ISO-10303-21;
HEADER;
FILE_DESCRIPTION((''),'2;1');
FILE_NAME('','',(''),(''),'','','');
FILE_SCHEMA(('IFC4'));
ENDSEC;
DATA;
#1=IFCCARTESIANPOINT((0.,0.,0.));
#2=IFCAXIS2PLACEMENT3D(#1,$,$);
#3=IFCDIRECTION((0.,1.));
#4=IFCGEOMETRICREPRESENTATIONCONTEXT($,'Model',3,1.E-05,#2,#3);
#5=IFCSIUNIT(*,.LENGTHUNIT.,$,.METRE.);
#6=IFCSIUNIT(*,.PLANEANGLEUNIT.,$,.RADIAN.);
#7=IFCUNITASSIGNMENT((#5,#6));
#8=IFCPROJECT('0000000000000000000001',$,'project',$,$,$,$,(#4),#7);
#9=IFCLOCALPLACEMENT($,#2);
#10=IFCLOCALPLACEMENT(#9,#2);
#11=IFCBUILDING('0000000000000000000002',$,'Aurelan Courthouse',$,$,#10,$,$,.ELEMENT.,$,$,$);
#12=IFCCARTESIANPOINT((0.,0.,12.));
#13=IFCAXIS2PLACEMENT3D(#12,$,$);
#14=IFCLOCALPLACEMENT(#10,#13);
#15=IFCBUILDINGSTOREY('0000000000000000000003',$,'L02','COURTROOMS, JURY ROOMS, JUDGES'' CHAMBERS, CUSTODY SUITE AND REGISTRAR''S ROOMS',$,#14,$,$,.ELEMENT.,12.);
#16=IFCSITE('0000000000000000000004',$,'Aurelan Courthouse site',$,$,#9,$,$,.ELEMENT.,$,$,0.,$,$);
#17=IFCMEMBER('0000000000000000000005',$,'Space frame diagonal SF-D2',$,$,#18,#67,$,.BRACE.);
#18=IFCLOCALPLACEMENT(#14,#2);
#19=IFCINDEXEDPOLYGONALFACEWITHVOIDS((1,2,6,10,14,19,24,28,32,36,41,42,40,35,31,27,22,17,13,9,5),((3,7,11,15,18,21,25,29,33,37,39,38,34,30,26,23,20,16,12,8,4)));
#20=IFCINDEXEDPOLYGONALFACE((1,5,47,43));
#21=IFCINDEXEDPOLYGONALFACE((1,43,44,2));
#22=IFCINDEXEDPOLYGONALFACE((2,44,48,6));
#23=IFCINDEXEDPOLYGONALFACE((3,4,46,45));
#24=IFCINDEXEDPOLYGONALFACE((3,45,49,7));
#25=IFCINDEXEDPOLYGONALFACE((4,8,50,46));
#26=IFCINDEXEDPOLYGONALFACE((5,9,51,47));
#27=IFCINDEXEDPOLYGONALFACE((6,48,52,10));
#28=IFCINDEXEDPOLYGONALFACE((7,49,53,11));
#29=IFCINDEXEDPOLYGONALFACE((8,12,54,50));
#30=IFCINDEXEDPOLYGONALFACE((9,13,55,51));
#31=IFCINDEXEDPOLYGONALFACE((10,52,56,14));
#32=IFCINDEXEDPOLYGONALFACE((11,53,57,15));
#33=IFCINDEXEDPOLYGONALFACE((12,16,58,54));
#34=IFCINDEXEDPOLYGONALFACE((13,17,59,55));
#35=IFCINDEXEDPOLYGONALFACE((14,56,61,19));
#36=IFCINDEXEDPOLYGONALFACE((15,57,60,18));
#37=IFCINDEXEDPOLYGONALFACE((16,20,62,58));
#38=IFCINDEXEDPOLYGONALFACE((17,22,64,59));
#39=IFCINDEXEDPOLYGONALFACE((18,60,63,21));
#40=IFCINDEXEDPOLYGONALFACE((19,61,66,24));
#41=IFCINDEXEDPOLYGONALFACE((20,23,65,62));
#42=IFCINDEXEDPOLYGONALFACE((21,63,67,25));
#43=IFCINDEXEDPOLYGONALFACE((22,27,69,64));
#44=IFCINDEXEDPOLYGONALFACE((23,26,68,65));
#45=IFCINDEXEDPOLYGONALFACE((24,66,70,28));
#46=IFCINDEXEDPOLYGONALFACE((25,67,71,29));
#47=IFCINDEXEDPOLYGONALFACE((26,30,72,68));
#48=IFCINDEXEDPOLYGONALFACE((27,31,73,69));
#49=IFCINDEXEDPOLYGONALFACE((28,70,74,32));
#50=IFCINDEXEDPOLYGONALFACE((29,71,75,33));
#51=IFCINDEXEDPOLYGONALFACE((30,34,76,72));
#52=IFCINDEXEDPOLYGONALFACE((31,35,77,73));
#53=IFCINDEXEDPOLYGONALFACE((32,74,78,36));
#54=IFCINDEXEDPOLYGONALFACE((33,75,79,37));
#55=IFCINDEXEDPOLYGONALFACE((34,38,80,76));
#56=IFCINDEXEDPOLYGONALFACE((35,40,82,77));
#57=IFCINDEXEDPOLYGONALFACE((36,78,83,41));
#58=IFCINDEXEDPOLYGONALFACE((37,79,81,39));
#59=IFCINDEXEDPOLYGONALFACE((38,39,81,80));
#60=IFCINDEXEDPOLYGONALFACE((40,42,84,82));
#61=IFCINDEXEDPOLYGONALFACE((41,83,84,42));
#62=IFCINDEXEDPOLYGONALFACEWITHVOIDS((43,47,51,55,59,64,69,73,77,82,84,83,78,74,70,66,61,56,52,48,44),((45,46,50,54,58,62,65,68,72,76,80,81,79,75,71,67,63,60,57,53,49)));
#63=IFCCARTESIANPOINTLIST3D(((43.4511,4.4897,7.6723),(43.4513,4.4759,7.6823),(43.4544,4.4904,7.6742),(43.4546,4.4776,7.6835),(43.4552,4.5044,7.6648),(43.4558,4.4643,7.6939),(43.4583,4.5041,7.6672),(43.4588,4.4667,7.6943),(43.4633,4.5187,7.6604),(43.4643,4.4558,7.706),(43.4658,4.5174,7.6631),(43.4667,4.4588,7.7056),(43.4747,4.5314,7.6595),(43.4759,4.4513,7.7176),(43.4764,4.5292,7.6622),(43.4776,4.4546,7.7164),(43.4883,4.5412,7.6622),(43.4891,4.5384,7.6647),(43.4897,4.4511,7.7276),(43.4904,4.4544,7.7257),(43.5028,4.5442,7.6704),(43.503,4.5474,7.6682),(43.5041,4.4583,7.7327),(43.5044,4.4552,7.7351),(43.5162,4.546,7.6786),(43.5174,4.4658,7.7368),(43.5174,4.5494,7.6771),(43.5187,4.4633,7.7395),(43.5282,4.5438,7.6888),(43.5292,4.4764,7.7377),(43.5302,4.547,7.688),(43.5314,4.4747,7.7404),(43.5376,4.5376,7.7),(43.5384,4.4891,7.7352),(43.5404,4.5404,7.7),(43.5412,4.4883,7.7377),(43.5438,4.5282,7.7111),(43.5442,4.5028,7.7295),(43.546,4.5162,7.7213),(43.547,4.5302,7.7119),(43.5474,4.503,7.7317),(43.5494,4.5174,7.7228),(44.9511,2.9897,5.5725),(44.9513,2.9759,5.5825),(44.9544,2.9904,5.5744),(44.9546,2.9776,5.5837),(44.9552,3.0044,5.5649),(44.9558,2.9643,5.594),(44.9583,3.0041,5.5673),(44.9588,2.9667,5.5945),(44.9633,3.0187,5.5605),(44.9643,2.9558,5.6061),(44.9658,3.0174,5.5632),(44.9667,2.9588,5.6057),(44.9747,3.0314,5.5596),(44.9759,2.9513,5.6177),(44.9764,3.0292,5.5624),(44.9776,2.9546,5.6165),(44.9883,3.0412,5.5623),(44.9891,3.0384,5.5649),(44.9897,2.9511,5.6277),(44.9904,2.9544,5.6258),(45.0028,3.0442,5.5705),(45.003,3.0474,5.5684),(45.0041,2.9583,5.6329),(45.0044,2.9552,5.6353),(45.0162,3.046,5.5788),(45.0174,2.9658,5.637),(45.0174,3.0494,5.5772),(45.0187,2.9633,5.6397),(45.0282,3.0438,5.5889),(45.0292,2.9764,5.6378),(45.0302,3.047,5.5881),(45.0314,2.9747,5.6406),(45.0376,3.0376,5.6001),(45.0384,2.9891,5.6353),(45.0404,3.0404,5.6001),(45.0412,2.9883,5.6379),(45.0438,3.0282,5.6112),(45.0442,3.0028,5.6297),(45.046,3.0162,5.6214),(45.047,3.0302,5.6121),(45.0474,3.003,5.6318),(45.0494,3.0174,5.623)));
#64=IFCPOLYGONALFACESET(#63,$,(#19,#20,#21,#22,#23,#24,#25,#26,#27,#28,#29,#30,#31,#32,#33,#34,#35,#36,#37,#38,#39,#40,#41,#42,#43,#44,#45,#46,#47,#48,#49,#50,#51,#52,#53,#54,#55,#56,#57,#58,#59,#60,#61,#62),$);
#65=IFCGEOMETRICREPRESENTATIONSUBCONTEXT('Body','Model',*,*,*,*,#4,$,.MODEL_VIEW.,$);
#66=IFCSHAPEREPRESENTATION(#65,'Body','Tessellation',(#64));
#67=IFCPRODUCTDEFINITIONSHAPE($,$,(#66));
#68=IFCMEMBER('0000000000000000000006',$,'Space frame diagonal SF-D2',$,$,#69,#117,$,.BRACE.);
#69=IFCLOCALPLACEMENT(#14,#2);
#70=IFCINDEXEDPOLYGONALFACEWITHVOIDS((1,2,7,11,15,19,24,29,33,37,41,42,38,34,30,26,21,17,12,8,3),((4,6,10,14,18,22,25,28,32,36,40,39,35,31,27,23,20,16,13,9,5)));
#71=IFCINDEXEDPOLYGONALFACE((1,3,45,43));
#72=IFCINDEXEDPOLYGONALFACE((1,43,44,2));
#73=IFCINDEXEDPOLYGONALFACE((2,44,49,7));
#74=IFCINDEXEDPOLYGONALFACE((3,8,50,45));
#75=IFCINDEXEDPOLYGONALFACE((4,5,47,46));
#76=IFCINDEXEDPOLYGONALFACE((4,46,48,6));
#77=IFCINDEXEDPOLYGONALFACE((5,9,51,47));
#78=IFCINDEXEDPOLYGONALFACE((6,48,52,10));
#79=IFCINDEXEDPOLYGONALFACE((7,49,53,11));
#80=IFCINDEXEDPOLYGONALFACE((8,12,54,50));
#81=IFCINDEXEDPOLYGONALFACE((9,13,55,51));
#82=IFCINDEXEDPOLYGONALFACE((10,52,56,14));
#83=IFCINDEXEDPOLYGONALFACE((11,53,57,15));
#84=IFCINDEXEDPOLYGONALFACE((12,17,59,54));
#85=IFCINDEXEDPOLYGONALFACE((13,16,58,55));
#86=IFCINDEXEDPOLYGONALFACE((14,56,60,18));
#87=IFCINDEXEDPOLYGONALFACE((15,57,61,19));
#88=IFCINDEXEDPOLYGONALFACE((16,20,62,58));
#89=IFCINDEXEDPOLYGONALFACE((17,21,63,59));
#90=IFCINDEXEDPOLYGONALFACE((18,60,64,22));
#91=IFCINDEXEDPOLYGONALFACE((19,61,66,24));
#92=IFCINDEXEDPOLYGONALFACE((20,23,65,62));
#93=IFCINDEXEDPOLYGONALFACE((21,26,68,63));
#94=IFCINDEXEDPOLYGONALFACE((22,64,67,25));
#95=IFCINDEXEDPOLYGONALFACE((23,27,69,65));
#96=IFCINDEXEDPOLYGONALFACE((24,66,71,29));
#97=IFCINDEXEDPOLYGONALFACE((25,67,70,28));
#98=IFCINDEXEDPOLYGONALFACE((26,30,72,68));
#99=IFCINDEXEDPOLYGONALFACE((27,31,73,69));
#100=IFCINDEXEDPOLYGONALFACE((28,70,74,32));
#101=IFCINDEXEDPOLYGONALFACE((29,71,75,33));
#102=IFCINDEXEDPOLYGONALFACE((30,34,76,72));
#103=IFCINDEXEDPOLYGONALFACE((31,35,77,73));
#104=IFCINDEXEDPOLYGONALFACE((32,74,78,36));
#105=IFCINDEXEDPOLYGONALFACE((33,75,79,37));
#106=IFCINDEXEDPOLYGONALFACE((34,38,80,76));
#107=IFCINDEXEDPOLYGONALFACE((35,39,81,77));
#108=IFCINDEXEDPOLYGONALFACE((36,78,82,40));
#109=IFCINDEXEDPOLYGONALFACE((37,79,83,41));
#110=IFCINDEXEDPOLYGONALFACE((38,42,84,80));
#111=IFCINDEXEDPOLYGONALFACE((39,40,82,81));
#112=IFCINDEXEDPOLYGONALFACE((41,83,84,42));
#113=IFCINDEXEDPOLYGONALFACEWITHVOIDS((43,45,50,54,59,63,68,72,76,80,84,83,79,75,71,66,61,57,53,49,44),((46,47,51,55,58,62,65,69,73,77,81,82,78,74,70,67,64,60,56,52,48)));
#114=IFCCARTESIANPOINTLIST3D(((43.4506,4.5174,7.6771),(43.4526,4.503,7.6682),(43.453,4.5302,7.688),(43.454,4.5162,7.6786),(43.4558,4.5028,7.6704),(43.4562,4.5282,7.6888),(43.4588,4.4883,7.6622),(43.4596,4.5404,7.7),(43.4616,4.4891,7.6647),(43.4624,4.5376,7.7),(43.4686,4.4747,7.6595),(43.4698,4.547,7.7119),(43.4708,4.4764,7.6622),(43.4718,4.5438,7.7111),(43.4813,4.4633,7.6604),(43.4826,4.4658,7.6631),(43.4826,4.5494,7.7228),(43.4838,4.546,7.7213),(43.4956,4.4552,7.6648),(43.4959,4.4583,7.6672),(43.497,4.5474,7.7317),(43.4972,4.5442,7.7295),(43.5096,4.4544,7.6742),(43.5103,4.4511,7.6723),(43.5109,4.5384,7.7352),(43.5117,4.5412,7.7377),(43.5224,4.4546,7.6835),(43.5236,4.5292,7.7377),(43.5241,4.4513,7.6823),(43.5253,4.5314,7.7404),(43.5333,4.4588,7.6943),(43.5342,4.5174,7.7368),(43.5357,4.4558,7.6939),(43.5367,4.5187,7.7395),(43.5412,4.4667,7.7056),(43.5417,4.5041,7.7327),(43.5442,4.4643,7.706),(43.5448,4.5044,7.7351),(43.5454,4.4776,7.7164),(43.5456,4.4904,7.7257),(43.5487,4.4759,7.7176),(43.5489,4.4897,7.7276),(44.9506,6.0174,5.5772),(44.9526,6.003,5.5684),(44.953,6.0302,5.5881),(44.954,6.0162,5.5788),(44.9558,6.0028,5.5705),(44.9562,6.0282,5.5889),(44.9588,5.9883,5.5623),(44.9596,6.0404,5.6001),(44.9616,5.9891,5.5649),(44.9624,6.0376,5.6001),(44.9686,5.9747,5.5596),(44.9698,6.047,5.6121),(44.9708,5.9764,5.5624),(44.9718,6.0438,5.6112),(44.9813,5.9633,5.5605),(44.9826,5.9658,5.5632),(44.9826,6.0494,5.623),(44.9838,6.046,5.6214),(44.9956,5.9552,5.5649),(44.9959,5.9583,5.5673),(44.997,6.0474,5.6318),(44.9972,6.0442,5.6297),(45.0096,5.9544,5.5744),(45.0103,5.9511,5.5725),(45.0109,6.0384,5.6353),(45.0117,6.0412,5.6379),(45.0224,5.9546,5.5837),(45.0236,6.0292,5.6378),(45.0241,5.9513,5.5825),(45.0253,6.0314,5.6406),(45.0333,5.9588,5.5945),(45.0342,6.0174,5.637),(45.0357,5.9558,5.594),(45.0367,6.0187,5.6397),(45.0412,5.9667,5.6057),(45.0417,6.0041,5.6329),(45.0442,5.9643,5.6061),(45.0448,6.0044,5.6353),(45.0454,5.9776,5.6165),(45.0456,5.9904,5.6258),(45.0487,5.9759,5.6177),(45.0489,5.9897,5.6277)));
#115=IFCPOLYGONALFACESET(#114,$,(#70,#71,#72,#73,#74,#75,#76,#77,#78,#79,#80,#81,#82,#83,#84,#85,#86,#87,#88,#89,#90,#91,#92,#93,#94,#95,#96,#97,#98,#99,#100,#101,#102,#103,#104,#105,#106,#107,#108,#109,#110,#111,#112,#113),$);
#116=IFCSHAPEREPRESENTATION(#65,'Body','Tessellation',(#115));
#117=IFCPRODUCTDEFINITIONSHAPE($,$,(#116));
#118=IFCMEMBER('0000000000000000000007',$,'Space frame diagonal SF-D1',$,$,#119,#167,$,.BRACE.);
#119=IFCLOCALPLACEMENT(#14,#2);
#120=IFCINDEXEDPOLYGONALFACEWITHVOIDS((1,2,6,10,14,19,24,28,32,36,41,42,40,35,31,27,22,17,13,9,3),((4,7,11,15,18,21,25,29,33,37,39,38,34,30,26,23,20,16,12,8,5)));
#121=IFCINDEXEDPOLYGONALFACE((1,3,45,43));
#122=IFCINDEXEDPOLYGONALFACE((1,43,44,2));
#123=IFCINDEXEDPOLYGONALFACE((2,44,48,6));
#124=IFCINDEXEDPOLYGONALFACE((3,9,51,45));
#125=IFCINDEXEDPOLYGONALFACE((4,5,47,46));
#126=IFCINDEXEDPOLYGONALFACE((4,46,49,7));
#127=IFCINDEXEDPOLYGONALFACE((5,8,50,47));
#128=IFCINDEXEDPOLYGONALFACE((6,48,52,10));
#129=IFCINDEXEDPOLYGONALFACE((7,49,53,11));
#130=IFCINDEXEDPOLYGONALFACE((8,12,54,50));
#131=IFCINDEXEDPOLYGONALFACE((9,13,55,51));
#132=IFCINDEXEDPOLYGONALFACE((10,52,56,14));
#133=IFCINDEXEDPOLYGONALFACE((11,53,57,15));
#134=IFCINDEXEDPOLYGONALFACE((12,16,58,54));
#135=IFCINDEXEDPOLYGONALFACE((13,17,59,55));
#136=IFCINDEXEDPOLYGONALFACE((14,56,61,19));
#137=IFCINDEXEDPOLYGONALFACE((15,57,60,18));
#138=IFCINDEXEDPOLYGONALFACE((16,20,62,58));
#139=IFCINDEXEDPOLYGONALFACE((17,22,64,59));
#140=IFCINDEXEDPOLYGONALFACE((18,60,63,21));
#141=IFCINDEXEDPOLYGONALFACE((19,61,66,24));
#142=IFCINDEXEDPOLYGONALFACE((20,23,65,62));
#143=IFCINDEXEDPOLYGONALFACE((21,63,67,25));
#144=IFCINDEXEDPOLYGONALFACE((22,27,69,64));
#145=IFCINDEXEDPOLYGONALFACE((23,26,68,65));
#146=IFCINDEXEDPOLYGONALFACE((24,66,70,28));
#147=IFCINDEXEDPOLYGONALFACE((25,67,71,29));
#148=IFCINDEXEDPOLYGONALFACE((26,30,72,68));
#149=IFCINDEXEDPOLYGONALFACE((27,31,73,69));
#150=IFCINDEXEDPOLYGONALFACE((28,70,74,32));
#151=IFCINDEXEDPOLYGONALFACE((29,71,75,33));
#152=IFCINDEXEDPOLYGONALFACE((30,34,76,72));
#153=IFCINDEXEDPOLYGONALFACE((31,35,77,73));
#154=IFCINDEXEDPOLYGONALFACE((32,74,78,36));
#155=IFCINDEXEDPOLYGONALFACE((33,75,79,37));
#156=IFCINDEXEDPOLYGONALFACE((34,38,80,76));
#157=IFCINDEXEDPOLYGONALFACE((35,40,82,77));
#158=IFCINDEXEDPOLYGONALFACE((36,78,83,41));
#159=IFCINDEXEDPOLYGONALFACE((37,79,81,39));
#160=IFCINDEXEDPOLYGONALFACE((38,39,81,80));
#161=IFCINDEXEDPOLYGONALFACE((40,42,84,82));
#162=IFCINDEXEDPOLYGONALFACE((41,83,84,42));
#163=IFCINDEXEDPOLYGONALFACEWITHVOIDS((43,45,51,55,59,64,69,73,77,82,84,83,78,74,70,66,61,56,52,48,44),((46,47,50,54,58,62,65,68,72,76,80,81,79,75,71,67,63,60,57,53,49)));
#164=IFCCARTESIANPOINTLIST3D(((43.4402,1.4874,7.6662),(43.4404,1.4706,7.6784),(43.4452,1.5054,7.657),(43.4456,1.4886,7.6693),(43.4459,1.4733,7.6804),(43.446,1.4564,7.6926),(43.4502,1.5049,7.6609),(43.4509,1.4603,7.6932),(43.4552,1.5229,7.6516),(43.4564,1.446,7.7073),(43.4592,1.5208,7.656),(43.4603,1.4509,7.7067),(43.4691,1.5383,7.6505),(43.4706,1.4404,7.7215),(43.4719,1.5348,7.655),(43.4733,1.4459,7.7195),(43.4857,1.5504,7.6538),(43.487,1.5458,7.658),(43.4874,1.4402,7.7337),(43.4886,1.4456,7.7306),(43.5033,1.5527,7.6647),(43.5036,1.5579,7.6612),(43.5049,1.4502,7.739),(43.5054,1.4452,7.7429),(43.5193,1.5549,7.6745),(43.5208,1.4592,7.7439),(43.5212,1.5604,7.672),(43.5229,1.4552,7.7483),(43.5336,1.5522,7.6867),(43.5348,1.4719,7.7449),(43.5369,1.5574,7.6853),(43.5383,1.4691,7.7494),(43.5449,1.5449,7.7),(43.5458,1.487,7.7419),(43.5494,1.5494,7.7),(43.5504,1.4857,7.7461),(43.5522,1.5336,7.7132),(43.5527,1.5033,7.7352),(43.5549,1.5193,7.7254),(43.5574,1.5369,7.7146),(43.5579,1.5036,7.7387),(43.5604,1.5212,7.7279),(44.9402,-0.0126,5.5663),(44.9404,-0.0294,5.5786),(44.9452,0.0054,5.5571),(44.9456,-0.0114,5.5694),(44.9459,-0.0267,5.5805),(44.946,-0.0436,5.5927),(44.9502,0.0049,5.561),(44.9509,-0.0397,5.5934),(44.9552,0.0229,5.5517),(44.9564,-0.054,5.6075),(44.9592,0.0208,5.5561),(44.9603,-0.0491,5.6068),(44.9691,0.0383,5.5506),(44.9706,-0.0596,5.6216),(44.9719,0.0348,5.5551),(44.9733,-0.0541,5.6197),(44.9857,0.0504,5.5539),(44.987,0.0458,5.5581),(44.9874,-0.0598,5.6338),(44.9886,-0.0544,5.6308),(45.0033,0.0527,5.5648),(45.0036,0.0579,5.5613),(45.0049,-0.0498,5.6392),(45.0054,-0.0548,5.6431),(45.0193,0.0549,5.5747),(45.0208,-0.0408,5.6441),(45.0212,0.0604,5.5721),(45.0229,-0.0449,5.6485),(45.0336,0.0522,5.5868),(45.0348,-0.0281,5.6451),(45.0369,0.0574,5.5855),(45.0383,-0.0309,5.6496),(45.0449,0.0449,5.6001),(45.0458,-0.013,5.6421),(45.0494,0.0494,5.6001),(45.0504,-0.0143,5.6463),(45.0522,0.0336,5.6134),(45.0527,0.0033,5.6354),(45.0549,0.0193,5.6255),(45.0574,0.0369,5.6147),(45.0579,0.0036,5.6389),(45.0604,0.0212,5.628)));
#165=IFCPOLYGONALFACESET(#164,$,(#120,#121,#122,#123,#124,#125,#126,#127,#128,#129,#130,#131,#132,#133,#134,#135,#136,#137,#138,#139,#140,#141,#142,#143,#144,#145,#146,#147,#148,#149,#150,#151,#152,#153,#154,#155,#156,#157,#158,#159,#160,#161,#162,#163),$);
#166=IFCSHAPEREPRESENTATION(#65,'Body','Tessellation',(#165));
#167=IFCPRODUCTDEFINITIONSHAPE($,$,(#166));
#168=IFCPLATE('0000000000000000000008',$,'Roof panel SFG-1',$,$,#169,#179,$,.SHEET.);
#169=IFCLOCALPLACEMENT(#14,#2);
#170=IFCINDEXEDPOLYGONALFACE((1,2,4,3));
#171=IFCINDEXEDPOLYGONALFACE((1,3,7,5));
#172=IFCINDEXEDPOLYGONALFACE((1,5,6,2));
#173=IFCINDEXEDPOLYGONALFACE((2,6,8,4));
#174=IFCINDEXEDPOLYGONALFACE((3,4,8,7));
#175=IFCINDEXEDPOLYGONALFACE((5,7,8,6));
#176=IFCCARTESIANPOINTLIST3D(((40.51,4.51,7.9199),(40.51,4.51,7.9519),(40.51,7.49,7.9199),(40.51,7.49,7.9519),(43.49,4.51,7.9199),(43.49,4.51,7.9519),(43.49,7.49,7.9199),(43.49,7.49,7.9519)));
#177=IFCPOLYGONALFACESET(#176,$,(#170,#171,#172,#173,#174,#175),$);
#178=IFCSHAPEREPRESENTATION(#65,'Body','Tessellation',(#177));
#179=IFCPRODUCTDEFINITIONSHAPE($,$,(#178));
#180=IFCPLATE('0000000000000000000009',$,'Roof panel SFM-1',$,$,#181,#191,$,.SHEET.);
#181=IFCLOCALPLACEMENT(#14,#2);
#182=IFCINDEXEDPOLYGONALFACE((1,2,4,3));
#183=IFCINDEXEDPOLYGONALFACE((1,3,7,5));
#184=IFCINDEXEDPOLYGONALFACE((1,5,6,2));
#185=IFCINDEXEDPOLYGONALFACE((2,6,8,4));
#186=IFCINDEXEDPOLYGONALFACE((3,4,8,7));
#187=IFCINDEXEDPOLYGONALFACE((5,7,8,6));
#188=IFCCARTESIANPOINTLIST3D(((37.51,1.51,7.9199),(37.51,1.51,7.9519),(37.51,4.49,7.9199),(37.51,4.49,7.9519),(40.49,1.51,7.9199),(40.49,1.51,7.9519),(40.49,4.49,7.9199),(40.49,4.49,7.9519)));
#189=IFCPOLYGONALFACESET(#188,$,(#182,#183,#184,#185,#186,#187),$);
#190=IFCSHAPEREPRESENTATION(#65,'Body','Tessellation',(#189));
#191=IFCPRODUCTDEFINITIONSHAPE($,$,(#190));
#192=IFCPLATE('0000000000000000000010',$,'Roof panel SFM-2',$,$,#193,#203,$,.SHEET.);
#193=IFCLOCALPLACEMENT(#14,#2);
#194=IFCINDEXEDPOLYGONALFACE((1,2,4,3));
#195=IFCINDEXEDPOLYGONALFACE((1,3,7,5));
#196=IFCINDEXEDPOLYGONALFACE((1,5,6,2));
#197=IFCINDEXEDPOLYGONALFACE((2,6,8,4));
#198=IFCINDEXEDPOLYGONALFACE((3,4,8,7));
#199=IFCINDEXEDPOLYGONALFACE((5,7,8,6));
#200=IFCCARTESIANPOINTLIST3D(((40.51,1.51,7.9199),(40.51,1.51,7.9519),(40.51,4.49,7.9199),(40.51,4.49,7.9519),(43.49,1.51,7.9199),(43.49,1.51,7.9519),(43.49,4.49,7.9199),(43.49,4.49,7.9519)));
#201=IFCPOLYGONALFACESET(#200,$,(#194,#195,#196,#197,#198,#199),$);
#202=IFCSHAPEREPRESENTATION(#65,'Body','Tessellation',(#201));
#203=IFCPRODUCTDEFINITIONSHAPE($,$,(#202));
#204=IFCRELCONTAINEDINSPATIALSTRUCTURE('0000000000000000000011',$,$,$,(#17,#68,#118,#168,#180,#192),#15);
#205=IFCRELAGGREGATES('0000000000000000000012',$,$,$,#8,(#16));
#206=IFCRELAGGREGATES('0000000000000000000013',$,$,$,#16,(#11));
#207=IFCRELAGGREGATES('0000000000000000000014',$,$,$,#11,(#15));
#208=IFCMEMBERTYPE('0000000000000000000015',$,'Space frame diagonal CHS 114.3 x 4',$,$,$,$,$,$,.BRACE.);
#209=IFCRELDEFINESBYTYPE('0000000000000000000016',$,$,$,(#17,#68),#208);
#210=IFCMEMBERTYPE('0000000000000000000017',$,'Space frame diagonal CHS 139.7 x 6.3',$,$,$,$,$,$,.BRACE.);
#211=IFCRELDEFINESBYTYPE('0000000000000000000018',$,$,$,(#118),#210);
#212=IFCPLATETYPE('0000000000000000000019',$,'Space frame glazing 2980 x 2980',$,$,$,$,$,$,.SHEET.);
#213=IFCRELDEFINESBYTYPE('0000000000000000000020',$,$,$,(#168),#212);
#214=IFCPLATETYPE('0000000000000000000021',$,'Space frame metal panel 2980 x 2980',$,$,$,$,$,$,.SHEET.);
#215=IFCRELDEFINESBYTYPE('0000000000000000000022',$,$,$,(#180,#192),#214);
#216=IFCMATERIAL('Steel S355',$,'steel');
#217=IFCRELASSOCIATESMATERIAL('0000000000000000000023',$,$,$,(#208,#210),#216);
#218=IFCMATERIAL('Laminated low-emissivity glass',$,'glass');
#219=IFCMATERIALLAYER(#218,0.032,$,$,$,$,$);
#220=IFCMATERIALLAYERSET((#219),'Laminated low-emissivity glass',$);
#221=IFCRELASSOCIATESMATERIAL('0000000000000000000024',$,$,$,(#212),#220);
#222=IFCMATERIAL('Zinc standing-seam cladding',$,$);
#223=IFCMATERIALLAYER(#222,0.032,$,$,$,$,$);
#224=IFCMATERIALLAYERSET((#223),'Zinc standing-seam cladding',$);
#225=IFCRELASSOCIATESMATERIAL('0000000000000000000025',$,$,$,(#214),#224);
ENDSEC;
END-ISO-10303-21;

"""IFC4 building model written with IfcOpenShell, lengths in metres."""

from ifc_helpers import new_model, si_unit, direction, frame, origin, origin_2d, place, context, subcontext, project, spatial, rectangle, hollow_circle, extrude, material, layer, layer_set, material_profile, profile_set, type_object, element, save


model = new_model("IFC4")

# Units and contexts
model_context = context("Model", 3, precision=1e-05, world=origin(), true_north=direction((0.0, 1.0)))
body_context = subcontext(model_context, "Body", "Model", "MODEL_VIEW")
ifc_project = project(units=[si_unit("LENGTHUNIT", "METRE"), si_unit("PLANEANGLEUNIT", "RADIAN")], contexts=[model_context])

# Site, building, storey
site_placement = place(None, origin())
site = spatial("IfcSite", under=ifc_project, at=site_placement, Name="Aurelan Courthouse site", CompositionType="ELEMENT", RefElevation=0.0)
building_placement = place(site_placement, origin())
building = spatial("IfcBuilding", under=site, at=building_placement, Name="Aurelan Courthouse", CompositionType="ELEMENT")
storey_placement = place(building_placement, frame((0.0, 0.0, 12.0)))
storey = spatial("IfcBuildingStorey", under=building, at=storey_placement, Name="L02", Description="COURTROOMS, JURY ROOMS, JUDGES' CHAMBERS, CUSTODY SUITE AND REGISTRAR'S ROOMS", CompositionType="ELEMENT", Elevation=12.0)

# Members
ifc_material_1 = material(Name="Steel S355", Category="steel")
ifc_material_profile_1 = material_profile(ifc_material_1, hollow_circle(Radius=0.0571, WallThickness=0.0039, at=origin_2d()), Name="CHS 114.3 x 4")
ifc_profile_set_1 = profile_set([ifc_material_profile_1], Name="Steel S355")
member_type_1 = type_object("IfcMemberType", Name="Space frame diagonal CHS 114.3 x 4", PredefinedType="BRACE", material=ifc_profile_set_1)
for number, where, z_axis, x_axis, name in (
    (1, (43.5, 4.5, 7.7), (0.502536, -0.502536, -0.703502), (0.707107, 0.707107, 0.0), "Space frame diagonal SF-D2"),
    (2, (43.5, 4.5, 7.7), (0.502536, 0.502536, -0.703502), (-0.707107, 0.707107, 0.0), "Space frame diagonal SF-D2"),
):
    element("IfcMember", number, at=place(storey_placement, frame(where, z_axis=z_axis, x_axis=x_axis)), inside=storey, type_object=member_type_1, Name=name, PredefinedType="BRACE", context=body_context, shape_type="SweptSolid", body=[
        extrude(hollow_circle(Radius=0.0571, WallThickness=0.0039, at=origin_2d()), origin(), (0.0, 0.0, 1.0), 2.9849),
    ])
ifc_material_profile_2 = material_profile(ifc_material_1, hollow_circle(Radius=0.0698, WallThickness=0.0063, at=origin_2d()), Name="CHS 139.7 x 6.3")
ifc_profile_set_2 = profile_set([ifc_material_profile_2], Name="Steel S355")
member_type_2 = type_object("IfcMemberType", Name="Space frame diagonal CHS 139.7 x 6.3", PredefinedType="BRACE", material=ifc_profile_set_2)
member_placement = place(storey_placement, frame((43.5, 1.5, 7.7), z_axis=(0.502536, -0.502536, -0.703502), x_axis=(0.707107, 0.707107, 0.0)))
element("IfcMember", 3, at=member_placement, inside=storey, type_object=member_type_2, Name="Space frame diagonal SF-D1", PredefinedType="BRACE", context=body_context, shape_type="SweptSolid", body=[
    extrude(hollow_circle(Radius=0.0698, WallThickness=0.0063, at=origin_2d()), origin(), (0.0, 0.0, 1.0), 2.9849),
])

# Plates
ifc_material_2 = material(Name="Laminated low-emissivity glass", Category="glass")
ifc_layer_1 = layer(ifc_material_2, 0.032)
ifc_layer_set_1 = layer_set([ifc_layer_1], Name="Laminated low-emissivity glass")
plate_type_1 = type_object("IfcPlateType", Name="Space frame glazing 2980 x 2980", PredefinedType="SHEET", material=ifc_layer_set_1)
plate_placement = place(storey_placement, frame((42.0, 6.0, 7.9199), z_axis=(0.0, 0.0, 1.0), x_axis=(1.0, 0.0, 0.0)))
element("IfcPlate", 4, at=plate_placement, inside=storey, type_object=plate_type_1, Name="Roof panel SFG-1", PredefinedType="SHEET", context=body_context, shape_type="SweptSolid", body=[
    extrude(rectangle(XDim=2.98, YDim=2.98, at=origin_2d()), origin(), (0.0, 0.0, 1.0), 0.032),
])
ifc_material_3 = material(Name="Zinc standing-seam cladding")
ifc_layer_2 = layer(ifc_material_3, 0.032)
ifc_layer_set_2 = layer_set([ifc_layer_2], Name="Zinc standing-seam cladding")
plate_type_2 = type_object("IfcPlateType", Name="Space frame metal panel 2980 x 2980", PredefinedType="SHEET", material=ifc_layer_set_2)
for number, where, z_axis, x_axis, name in (
    (5, (39.0, 3.0, 7.9199), (0.0, 0.0, 1.0), (1.0, 0.0, 0.0), "Roof panel SFM-1"),
    (6, (42.0, 3.0, 7.9199), (0.0, 0.0, 1.0), (1.0, 0.0, 0.0), "Roof panel SFM-2"),
):
    element("IfcPlate", number, at=place(storey_placement, frame(where, z_axis=z_axis, x_axis=x_axis)), inside=storey, type_object=plate_type_2, Name=name, PredefinedType="SHEET", context=body_context, shape_type="SweptSolid", body=[
        extrude(rectangle(XDim=2.98, YDim=2.98, at=origin_2d()), origin(), (0.0, 0.0, 1.0), 0.032),
    ])

save(model, "model.ifc")
